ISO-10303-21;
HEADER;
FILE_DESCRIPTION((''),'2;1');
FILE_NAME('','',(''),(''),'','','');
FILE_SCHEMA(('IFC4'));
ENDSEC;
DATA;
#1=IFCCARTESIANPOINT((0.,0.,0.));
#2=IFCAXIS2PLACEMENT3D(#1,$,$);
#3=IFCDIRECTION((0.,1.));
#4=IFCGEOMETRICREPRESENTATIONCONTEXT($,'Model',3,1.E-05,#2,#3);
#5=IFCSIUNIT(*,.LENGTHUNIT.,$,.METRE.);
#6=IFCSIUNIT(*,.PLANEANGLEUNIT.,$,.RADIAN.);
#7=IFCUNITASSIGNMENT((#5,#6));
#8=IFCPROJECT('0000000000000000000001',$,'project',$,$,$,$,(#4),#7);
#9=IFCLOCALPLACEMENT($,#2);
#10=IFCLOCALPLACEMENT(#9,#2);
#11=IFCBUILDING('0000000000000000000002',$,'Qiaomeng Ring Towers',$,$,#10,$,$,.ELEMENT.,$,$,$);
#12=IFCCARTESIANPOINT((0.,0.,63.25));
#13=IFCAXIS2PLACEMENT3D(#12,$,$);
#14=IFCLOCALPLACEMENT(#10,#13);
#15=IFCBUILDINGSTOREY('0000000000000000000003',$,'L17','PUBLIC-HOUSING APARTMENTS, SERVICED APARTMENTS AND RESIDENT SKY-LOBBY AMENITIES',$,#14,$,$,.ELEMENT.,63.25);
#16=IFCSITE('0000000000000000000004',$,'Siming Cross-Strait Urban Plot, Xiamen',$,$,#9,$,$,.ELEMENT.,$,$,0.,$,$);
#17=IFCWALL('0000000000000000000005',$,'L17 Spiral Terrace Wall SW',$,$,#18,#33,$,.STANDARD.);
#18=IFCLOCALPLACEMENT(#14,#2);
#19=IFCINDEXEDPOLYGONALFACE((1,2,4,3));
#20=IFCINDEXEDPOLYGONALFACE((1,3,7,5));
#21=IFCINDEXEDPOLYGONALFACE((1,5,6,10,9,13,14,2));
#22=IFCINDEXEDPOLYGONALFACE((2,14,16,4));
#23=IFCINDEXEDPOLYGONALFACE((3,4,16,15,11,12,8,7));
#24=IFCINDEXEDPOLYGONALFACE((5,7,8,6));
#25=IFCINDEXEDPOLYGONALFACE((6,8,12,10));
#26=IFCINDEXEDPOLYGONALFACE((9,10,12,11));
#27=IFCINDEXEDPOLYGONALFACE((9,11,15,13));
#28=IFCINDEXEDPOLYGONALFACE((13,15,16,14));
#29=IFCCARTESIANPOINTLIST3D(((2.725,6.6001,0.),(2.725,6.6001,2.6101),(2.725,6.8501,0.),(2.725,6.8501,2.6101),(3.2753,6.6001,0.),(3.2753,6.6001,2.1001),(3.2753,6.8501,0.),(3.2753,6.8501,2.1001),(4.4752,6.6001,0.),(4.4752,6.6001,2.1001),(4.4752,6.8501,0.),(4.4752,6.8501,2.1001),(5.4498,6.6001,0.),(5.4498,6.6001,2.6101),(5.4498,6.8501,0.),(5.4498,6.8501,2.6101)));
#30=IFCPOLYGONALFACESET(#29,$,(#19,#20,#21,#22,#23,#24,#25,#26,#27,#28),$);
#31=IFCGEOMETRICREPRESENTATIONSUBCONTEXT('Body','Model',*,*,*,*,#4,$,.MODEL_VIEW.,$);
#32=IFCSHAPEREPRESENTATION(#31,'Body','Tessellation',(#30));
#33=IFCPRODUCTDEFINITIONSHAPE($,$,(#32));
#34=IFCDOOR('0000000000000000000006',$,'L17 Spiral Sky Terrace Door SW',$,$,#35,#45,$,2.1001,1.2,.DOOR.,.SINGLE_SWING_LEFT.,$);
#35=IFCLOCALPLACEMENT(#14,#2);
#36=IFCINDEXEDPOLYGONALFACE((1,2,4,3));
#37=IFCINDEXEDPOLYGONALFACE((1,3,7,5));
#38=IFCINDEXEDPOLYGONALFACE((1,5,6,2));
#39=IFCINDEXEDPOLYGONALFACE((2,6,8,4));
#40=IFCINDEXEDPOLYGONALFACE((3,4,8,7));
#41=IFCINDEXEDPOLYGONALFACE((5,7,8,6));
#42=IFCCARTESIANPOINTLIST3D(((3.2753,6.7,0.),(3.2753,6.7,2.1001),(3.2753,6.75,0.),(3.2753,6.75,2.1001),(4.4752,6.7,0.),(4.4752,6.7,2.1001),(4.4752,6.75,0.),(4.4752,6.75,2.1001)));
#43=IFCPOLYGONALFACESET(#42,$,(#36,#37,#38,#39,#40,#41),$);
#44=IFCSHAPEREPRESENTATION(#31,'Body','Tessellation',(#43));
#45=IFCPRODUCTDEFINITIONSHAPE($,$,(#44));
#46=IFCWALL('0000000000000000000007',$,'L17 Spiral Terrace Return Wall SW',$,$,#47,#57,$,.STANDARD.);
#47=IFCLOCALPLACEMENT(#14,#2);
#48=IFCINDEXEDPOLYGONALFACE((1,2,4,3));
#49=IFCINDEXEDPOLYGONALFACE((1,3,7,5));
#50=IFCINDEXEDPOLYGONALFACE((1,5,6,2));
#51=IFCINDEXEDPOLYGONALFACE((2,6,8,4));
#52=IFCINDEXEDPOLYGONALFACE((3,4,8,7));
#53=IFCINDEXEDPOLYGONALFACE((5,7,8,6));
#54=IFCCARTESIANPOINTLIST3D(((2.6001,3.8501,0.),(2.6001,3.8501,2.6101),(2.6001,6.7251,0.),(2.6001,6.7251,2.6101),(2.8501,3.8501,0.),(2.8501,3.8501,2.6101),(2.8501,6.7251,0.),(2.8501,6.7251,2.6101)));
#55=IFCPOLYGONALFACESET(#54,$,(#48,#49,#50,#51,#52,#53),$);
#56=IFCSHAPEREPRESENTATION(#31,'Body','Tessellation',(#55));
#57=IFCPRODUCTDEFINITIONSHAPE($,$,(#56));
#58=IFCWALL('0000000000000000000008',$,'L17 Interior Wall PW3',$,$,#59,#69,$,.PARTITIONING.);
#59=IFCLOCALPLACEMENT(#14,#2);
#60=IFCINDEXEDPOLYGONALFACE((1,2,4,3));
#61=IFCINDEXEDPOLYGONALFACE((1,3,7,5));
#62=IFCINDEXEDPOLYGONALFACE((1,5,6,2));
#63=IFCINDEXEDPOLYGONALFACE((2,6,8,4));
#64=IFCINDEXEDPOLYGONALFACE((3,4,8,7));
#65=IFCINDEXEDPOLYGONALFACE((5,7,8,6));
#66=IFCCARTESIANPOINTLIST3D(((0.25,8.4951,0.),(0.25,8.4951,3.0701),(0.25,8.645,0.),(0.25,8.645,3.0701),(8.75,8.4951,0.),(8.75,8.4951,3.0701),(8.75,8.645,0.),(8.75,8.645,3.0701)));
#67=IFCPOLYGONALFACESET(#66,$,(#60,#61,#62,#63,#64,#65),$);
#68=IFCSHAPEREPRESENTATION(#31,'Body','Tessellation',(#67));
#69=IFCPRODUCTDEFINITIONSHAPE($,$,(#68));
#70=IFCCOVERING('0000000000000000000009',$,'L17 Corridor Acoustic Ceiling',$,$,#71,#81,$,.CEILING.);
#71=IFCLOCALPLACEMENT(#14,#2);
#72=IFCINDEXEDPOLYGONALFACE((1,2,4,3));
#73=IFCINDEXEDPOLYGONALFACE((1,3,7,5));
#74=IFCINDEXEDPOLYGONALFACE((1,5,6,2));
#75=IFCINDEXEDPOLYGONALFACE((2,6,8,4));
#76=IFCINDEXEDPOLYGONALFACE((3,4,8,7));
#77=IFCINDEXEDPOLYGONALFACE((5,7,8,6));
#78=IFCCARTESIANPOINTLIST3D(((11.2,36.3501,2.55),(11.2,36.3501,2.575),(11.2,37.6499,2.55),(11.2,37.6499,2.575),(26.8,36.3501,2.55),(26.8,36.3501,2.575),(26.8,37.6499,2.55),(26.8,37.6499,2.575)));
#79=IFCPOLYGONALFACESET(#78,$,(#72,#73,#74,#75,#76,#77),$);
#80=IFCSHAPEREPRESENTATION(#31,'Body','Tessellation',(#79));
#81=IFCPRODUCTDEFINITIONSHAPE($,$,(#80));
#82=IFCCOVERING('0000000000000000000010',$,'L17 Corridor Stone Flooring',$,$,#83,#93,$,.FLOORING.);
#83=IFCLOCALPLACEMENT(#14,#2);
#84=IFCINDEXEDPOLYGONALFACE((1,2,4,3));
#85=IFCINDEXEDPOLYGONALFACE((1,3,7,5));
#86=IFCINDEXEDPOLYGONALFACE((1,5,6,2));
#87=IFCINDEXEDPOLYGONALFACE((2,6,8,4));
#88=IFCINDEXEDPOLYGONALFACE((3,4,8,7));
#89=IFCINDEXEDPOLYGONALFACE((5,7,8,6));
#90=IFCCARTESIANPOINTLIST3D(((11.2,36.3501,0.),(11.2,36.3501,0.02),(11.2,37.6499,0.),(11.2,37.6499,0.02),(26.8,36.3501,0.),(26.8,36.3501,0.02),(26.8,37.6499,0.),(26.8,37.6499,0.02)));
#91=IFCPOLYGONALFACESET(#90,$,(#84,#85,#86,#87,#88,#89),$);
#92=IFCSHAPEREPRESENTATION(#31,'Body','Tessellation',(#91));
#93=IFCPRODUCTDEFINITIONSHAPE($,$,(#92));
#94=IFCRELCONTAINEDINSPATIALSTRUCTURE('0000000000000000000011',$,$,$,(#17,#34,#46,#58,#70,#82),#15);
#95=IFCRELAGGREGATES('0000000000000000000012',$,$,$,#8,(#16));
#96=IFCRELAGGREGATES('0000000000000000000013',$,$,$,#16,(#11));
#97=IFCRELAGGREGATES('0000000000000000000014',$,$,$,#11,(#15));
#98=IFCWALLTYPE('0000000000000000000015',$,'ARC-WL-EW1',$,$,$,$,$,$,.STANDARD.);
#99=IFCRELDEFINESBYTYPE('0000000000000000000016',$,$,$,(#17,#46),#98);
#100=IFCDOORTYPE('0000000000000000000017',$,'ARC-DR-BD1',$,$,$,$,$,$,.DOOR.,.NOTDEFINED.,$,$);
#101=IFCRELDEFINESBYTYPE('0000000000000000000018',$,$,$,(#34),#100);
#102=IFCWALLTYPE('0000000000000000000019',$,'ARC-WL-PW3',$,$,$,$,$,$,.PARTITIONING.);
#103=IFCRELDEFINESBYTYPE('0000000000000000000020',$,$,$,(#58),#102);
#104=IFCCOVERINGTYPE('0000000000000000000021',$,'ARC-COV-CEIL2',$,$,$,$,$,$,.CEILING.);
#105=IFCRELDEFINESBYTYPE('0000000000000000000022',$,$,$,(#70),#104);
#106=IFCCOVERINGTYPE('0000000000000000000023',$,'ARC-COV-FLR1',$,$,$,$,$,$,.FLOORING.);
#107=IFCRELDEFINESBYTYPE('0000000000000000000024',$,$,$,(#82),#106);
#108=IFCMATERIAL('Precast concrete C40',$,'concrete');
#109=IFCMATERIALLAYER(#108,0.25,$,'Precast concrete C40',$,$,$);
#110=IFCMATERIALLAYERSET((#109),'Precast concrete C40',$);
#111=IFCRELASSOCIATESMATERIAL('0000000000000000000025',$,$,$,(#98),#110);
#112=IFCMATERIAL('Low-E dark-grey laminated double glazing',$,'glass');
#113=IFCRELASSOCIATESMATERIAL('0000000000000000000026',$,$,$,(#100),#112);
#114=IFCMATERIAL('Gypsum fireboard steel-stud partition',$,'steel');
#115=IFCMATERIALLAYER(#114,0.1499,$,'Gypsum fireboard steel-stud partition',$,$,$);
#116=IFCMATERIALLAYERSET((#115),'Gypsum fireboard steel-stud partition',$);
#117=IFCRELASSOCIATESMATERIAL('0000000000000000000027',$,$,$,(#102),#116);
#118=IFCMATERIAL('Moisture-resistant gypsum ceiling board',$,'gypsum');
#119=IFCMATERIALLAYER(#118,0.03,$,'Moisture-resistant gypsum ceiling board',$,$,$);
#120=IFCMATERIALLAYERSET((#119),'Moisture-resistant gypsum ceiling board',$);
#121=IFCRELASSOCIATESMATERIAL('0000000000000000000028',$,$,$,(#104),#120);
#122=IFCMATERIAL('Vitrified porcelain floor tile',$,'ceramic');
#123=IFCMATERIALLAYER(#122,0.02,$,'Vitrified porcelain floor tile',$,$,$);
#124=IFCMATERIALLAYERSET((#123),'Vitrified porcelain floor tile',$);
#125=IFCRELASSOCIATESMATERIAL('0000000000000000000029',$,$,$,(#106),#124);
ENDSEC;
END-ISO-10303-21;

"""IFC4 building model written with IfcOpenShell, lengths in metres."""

from ifc_helpers import new_model, si_unit, direction, frame, frame_2d, origin, place, context, subcontext, project, spatial, polyline, rectangle, outline, extrude, source, transform, mapped, material, layer, layer_set, type_object, element, fill, save


model = new_model("IFC4")

# Units and contexts
model_context = context("Model", 3, precision=1e-05, world=origin(), true_north=direction((0.0, 1.0)))
body_context = subcontext(model_context, "Body", "Model", "MODEL_VIEW")
ifc_project = project(units=[si_unit("LENGTHUNIT", "METRE"), si_unit("PLANEANGLEUNIT", "RADIAN")], contexts=[model_context])

# Site, building, storey
site_placement = place(None, origin())
site = spatial("IfcSite", under=ifc_project, at=site_placement, Name="Siming Cross-Strait Urban Plot, Xiamen", CompositionType="ELEMENT", RefElevation=0.0)
building_placement = place(site_placement, origin())
building = spatial("IfcBuilding", under=site, at=building_placement, Name="Qiaomeng Ring Towers", CompositionType="ELEMENT")
storey_placement = place(building_placement, frame((0.0, 0.0, 63.25)))
storey = spatial("IfcBuildingStorey", under=building, at=storey_placement, Name="L17", Description="PUBLIC-HOUSING APARTMENTS, SERVICED APARTMENTS AND RESIDENT SKY-LOBBY AMENITIES", CompositionType="ELEMENT", Elevation=63.25)

# Shared definitions
ifc_material_1 = material(Name="Precast concrete C40", Category="concrete")
ifc_layer_1 = layer(ifc_material_1, 0.25, Name="Precast concrete C40")
ifc_layer_set_1 = layer_set([ifc_layer_1], Name="Precast concrete C40")
wall_type_1 = type_object("IfcWallType", Name="ARC-WL-EW1", PredefinedType="STANDARD", material=ifc_layer_set_1)
ifc_material_2 = material(Name="Low-E dark-grey laminated double glazing", Category="glass")
door_type = type_object("IfcDoorType", Name="ARC-DR-BD1", OperationType="NOTDEFINED", PredefinedType="DOOR", material=ifc_material_2)
shared_shape_1 = source(origin(), body_context, "Body", "SweptSolid", [
    extrude(rectangle(XDim=1.2, YDim=2.1001, at=frame_2d((0.6001, 1.05))), frame((0.0, 0.0249, 0.0), z_axis=(0.0, -1.0, 0.0), x_axis=(1.0, 0.0, 0.0)), (0.0, 0.0, 1.0), 0.05),
])

# Wall, opening, door
wall_1_placement = place(storey_placement, frame((2.7251, 6.7251, 0.0), z_axis=(0.0, 0.0, 1.0), x_axis=(1.0, 0.0, 0.0)))
wall_1 = element("IfcWall", 1, at=wall_1_placement, inside=storey, type_object=wall_type_1, Name="L17 Spiral Terrace Wall SW", PredefinedType="STANDARD", context=body_context, shape_type="SweptSolid", body=[
    extrude(rectangle(XDim=2.7249, YDim=0.25, at=frame_2d((1.3623, 0.0))), origin(), (0.0, 0.0, 1.0), 2.6101),
])
opening_1_placement = place(wall_1_placement, frame((0.55, 0.0, 0.0)))
opening_1 = element("IfcOpeningElement", 2, at=opening_1_placement, cuts=wall_1, PredefinedType="OPENING", context=body_context, shape_type="SweptSolid", body=[
    extrude(rectangle(XDim=1.2, YDim=2.1001, at=frame_2d((0.6001, 1.05))), frame((0.0, 0.135, 0.0), z_axis=(0.0, -1.0, 0.0), x_axis=(1.0, 0.0, 0.0)), (0.0, 0.0, 1.0), 0.27),
])
door_1_placement = place(opening_1_placement, origin())
door_1 = element("IfcDoor", 3, at=door_1_placement, inside=storey, type_object=door_type, Name="L17 Spiral Sky Terrace Door SW", OperationType="SINGLE_SWING_LEFT", OverallHeight=2.1001, OverallWidth=1.2, PredefinedType="DOOR", context=body_context, shape_type="MappedRepresentation", body=[
    mapped(shared_shape_1, transform((0.0, 0.0, 0.0), x_axis=(1.0, 0.0, 0.0), y_axis=(0.0, 1.0, 0.0), z_axis=(0.0, 0.0, 1.0), scale=1.0)),
])
fill(opening_1, door_1)

# Walls
wall_2_placement = place(storey_placement, frame((2.7251, 3.8501, 0.0), z_axis=(0.0, 0.0, 1.0), x_axis=(0.0, 1.0, 0.0)))
element("IfcWall", 4, at=wall_2_placement, inside=storey, type_object=wall_type_1, Name="L17 Spiral Terrace Return Wall SW", PredefinedType="STANDARD", context=body_context, shape_type="SweptSolid", body=[
    extrude(rectangle(XDim=2.875, YDim=0.25, at=frame_2d((1.4375, 0.0))), origin(), (0.0, 0.0, 1.0), 2.6101),
])
ifc_material_3 = material(Name="Gypsum fireboard steel-stud partition", Category="steel")
ifc_layer_2 = layer(ifc_material_3, 0.1499, Name="Gypsum fireboard steel-stud partition")
ifc_layer_set_2 = layer_set([ifc_layer_2], Name="Gypsum fireboard steel-stud partition")
wall_type_2 = type_object("IfcWallType", Name="ARC-WL-PW3", PredefinedType="PARTITIONING", material=ifc_layer_set_2)
wall_3_placement = place(storey_placement, frame((0.25, 8.5701, 0.0), z_axis=(0.0, 0.0, 1.0), x_axis=(1.0, 0.0, 0.0)))
element("IfcWall", 5, at=wall_3_placement, inside=storey, type_object=wall_type_2, Name="L17 Interior Wall PW3", PredefinedType="PARTITIONING", context=body_context, shape_type="SweptSolid", body=[
    extrude(rectangle(XDim=8.5, YDim=0.1499, at=frame_2d((4.25, 0.0))), origin(), (0.0, 0.0, 1.0), 3.0701),
])

# Coverings
ifc_material_4 = material(Name="Moisture-resistant gypsum ceiling board", Category="gypsum")
ifc_layer_3 = layer(ifc_material_4, 0.03, Name="Moisture-resistant gypsum ceiling board")
ifc_layer_set_3 = layer_set([ifc_layer_3], Name="Moisture-resistant gypsum ceiling board")
covering_type_1 = type_object("IfcCoveringType", Name="ARC-COV-CEIL2", PredefinedType="CEILING", material=ifc_layer_set_3)
covering_1_placement = place(storey_placement, frame((0.0, 0.0, 2.55)))
element("IfcCovering", 6, at=covering_1_placement, inside=storey, type_object=covering_type_1, Name="L17 Corridor Acoustic Ceiling", PredefinedType="CEILING", context=body_context, shape_type="SweptSolid", body=[
    extrude(outline(polyline([(11.2, 36.3501), (11.2, 37.6499), (26.8, 37.6499), (26.8, 36.3501), (11.2, 36.3501)])), origin(), (0.0, 0.0, 1.0), 0.0249),
])
ifc_material_5 = material(Name="Vitrified porcelain floor tile", Category="ceramic")
ifc_layer_4 = layer(ifc_material_5, 0.02, Name="Vitrified porcelain floor tile")
ifc_layer_set_4 = layer_set([ifc_layer_4], Name="Vitrified porcelain floor tile")
covering_type_2 = type_object("IfcCoveringType", Name="ARC-COV-FLR1", PredefinedType="FLOORING", material=ifc_layer_set_4)
covering_2_placement = place(storey_placement, origin())
element("IfcCovering", 7, at=covering_2_placement, inside=storey, type_object=covering_type_2, Name="L17 Corridor Stone Flooring", PredefinedType="FLOORING", context=body_context, shape_type="SweptSolid", body=[
    extrude(outline(polyline([(11.2, 36.3501), (11.2, 37.6499), (26.8, 37.6499), (26.8, 36.3501), (11.2, 36.3501)])), origin(), (0.0, 0.0, 1.0), 0.02),
])

save(model, "model.ifc")
